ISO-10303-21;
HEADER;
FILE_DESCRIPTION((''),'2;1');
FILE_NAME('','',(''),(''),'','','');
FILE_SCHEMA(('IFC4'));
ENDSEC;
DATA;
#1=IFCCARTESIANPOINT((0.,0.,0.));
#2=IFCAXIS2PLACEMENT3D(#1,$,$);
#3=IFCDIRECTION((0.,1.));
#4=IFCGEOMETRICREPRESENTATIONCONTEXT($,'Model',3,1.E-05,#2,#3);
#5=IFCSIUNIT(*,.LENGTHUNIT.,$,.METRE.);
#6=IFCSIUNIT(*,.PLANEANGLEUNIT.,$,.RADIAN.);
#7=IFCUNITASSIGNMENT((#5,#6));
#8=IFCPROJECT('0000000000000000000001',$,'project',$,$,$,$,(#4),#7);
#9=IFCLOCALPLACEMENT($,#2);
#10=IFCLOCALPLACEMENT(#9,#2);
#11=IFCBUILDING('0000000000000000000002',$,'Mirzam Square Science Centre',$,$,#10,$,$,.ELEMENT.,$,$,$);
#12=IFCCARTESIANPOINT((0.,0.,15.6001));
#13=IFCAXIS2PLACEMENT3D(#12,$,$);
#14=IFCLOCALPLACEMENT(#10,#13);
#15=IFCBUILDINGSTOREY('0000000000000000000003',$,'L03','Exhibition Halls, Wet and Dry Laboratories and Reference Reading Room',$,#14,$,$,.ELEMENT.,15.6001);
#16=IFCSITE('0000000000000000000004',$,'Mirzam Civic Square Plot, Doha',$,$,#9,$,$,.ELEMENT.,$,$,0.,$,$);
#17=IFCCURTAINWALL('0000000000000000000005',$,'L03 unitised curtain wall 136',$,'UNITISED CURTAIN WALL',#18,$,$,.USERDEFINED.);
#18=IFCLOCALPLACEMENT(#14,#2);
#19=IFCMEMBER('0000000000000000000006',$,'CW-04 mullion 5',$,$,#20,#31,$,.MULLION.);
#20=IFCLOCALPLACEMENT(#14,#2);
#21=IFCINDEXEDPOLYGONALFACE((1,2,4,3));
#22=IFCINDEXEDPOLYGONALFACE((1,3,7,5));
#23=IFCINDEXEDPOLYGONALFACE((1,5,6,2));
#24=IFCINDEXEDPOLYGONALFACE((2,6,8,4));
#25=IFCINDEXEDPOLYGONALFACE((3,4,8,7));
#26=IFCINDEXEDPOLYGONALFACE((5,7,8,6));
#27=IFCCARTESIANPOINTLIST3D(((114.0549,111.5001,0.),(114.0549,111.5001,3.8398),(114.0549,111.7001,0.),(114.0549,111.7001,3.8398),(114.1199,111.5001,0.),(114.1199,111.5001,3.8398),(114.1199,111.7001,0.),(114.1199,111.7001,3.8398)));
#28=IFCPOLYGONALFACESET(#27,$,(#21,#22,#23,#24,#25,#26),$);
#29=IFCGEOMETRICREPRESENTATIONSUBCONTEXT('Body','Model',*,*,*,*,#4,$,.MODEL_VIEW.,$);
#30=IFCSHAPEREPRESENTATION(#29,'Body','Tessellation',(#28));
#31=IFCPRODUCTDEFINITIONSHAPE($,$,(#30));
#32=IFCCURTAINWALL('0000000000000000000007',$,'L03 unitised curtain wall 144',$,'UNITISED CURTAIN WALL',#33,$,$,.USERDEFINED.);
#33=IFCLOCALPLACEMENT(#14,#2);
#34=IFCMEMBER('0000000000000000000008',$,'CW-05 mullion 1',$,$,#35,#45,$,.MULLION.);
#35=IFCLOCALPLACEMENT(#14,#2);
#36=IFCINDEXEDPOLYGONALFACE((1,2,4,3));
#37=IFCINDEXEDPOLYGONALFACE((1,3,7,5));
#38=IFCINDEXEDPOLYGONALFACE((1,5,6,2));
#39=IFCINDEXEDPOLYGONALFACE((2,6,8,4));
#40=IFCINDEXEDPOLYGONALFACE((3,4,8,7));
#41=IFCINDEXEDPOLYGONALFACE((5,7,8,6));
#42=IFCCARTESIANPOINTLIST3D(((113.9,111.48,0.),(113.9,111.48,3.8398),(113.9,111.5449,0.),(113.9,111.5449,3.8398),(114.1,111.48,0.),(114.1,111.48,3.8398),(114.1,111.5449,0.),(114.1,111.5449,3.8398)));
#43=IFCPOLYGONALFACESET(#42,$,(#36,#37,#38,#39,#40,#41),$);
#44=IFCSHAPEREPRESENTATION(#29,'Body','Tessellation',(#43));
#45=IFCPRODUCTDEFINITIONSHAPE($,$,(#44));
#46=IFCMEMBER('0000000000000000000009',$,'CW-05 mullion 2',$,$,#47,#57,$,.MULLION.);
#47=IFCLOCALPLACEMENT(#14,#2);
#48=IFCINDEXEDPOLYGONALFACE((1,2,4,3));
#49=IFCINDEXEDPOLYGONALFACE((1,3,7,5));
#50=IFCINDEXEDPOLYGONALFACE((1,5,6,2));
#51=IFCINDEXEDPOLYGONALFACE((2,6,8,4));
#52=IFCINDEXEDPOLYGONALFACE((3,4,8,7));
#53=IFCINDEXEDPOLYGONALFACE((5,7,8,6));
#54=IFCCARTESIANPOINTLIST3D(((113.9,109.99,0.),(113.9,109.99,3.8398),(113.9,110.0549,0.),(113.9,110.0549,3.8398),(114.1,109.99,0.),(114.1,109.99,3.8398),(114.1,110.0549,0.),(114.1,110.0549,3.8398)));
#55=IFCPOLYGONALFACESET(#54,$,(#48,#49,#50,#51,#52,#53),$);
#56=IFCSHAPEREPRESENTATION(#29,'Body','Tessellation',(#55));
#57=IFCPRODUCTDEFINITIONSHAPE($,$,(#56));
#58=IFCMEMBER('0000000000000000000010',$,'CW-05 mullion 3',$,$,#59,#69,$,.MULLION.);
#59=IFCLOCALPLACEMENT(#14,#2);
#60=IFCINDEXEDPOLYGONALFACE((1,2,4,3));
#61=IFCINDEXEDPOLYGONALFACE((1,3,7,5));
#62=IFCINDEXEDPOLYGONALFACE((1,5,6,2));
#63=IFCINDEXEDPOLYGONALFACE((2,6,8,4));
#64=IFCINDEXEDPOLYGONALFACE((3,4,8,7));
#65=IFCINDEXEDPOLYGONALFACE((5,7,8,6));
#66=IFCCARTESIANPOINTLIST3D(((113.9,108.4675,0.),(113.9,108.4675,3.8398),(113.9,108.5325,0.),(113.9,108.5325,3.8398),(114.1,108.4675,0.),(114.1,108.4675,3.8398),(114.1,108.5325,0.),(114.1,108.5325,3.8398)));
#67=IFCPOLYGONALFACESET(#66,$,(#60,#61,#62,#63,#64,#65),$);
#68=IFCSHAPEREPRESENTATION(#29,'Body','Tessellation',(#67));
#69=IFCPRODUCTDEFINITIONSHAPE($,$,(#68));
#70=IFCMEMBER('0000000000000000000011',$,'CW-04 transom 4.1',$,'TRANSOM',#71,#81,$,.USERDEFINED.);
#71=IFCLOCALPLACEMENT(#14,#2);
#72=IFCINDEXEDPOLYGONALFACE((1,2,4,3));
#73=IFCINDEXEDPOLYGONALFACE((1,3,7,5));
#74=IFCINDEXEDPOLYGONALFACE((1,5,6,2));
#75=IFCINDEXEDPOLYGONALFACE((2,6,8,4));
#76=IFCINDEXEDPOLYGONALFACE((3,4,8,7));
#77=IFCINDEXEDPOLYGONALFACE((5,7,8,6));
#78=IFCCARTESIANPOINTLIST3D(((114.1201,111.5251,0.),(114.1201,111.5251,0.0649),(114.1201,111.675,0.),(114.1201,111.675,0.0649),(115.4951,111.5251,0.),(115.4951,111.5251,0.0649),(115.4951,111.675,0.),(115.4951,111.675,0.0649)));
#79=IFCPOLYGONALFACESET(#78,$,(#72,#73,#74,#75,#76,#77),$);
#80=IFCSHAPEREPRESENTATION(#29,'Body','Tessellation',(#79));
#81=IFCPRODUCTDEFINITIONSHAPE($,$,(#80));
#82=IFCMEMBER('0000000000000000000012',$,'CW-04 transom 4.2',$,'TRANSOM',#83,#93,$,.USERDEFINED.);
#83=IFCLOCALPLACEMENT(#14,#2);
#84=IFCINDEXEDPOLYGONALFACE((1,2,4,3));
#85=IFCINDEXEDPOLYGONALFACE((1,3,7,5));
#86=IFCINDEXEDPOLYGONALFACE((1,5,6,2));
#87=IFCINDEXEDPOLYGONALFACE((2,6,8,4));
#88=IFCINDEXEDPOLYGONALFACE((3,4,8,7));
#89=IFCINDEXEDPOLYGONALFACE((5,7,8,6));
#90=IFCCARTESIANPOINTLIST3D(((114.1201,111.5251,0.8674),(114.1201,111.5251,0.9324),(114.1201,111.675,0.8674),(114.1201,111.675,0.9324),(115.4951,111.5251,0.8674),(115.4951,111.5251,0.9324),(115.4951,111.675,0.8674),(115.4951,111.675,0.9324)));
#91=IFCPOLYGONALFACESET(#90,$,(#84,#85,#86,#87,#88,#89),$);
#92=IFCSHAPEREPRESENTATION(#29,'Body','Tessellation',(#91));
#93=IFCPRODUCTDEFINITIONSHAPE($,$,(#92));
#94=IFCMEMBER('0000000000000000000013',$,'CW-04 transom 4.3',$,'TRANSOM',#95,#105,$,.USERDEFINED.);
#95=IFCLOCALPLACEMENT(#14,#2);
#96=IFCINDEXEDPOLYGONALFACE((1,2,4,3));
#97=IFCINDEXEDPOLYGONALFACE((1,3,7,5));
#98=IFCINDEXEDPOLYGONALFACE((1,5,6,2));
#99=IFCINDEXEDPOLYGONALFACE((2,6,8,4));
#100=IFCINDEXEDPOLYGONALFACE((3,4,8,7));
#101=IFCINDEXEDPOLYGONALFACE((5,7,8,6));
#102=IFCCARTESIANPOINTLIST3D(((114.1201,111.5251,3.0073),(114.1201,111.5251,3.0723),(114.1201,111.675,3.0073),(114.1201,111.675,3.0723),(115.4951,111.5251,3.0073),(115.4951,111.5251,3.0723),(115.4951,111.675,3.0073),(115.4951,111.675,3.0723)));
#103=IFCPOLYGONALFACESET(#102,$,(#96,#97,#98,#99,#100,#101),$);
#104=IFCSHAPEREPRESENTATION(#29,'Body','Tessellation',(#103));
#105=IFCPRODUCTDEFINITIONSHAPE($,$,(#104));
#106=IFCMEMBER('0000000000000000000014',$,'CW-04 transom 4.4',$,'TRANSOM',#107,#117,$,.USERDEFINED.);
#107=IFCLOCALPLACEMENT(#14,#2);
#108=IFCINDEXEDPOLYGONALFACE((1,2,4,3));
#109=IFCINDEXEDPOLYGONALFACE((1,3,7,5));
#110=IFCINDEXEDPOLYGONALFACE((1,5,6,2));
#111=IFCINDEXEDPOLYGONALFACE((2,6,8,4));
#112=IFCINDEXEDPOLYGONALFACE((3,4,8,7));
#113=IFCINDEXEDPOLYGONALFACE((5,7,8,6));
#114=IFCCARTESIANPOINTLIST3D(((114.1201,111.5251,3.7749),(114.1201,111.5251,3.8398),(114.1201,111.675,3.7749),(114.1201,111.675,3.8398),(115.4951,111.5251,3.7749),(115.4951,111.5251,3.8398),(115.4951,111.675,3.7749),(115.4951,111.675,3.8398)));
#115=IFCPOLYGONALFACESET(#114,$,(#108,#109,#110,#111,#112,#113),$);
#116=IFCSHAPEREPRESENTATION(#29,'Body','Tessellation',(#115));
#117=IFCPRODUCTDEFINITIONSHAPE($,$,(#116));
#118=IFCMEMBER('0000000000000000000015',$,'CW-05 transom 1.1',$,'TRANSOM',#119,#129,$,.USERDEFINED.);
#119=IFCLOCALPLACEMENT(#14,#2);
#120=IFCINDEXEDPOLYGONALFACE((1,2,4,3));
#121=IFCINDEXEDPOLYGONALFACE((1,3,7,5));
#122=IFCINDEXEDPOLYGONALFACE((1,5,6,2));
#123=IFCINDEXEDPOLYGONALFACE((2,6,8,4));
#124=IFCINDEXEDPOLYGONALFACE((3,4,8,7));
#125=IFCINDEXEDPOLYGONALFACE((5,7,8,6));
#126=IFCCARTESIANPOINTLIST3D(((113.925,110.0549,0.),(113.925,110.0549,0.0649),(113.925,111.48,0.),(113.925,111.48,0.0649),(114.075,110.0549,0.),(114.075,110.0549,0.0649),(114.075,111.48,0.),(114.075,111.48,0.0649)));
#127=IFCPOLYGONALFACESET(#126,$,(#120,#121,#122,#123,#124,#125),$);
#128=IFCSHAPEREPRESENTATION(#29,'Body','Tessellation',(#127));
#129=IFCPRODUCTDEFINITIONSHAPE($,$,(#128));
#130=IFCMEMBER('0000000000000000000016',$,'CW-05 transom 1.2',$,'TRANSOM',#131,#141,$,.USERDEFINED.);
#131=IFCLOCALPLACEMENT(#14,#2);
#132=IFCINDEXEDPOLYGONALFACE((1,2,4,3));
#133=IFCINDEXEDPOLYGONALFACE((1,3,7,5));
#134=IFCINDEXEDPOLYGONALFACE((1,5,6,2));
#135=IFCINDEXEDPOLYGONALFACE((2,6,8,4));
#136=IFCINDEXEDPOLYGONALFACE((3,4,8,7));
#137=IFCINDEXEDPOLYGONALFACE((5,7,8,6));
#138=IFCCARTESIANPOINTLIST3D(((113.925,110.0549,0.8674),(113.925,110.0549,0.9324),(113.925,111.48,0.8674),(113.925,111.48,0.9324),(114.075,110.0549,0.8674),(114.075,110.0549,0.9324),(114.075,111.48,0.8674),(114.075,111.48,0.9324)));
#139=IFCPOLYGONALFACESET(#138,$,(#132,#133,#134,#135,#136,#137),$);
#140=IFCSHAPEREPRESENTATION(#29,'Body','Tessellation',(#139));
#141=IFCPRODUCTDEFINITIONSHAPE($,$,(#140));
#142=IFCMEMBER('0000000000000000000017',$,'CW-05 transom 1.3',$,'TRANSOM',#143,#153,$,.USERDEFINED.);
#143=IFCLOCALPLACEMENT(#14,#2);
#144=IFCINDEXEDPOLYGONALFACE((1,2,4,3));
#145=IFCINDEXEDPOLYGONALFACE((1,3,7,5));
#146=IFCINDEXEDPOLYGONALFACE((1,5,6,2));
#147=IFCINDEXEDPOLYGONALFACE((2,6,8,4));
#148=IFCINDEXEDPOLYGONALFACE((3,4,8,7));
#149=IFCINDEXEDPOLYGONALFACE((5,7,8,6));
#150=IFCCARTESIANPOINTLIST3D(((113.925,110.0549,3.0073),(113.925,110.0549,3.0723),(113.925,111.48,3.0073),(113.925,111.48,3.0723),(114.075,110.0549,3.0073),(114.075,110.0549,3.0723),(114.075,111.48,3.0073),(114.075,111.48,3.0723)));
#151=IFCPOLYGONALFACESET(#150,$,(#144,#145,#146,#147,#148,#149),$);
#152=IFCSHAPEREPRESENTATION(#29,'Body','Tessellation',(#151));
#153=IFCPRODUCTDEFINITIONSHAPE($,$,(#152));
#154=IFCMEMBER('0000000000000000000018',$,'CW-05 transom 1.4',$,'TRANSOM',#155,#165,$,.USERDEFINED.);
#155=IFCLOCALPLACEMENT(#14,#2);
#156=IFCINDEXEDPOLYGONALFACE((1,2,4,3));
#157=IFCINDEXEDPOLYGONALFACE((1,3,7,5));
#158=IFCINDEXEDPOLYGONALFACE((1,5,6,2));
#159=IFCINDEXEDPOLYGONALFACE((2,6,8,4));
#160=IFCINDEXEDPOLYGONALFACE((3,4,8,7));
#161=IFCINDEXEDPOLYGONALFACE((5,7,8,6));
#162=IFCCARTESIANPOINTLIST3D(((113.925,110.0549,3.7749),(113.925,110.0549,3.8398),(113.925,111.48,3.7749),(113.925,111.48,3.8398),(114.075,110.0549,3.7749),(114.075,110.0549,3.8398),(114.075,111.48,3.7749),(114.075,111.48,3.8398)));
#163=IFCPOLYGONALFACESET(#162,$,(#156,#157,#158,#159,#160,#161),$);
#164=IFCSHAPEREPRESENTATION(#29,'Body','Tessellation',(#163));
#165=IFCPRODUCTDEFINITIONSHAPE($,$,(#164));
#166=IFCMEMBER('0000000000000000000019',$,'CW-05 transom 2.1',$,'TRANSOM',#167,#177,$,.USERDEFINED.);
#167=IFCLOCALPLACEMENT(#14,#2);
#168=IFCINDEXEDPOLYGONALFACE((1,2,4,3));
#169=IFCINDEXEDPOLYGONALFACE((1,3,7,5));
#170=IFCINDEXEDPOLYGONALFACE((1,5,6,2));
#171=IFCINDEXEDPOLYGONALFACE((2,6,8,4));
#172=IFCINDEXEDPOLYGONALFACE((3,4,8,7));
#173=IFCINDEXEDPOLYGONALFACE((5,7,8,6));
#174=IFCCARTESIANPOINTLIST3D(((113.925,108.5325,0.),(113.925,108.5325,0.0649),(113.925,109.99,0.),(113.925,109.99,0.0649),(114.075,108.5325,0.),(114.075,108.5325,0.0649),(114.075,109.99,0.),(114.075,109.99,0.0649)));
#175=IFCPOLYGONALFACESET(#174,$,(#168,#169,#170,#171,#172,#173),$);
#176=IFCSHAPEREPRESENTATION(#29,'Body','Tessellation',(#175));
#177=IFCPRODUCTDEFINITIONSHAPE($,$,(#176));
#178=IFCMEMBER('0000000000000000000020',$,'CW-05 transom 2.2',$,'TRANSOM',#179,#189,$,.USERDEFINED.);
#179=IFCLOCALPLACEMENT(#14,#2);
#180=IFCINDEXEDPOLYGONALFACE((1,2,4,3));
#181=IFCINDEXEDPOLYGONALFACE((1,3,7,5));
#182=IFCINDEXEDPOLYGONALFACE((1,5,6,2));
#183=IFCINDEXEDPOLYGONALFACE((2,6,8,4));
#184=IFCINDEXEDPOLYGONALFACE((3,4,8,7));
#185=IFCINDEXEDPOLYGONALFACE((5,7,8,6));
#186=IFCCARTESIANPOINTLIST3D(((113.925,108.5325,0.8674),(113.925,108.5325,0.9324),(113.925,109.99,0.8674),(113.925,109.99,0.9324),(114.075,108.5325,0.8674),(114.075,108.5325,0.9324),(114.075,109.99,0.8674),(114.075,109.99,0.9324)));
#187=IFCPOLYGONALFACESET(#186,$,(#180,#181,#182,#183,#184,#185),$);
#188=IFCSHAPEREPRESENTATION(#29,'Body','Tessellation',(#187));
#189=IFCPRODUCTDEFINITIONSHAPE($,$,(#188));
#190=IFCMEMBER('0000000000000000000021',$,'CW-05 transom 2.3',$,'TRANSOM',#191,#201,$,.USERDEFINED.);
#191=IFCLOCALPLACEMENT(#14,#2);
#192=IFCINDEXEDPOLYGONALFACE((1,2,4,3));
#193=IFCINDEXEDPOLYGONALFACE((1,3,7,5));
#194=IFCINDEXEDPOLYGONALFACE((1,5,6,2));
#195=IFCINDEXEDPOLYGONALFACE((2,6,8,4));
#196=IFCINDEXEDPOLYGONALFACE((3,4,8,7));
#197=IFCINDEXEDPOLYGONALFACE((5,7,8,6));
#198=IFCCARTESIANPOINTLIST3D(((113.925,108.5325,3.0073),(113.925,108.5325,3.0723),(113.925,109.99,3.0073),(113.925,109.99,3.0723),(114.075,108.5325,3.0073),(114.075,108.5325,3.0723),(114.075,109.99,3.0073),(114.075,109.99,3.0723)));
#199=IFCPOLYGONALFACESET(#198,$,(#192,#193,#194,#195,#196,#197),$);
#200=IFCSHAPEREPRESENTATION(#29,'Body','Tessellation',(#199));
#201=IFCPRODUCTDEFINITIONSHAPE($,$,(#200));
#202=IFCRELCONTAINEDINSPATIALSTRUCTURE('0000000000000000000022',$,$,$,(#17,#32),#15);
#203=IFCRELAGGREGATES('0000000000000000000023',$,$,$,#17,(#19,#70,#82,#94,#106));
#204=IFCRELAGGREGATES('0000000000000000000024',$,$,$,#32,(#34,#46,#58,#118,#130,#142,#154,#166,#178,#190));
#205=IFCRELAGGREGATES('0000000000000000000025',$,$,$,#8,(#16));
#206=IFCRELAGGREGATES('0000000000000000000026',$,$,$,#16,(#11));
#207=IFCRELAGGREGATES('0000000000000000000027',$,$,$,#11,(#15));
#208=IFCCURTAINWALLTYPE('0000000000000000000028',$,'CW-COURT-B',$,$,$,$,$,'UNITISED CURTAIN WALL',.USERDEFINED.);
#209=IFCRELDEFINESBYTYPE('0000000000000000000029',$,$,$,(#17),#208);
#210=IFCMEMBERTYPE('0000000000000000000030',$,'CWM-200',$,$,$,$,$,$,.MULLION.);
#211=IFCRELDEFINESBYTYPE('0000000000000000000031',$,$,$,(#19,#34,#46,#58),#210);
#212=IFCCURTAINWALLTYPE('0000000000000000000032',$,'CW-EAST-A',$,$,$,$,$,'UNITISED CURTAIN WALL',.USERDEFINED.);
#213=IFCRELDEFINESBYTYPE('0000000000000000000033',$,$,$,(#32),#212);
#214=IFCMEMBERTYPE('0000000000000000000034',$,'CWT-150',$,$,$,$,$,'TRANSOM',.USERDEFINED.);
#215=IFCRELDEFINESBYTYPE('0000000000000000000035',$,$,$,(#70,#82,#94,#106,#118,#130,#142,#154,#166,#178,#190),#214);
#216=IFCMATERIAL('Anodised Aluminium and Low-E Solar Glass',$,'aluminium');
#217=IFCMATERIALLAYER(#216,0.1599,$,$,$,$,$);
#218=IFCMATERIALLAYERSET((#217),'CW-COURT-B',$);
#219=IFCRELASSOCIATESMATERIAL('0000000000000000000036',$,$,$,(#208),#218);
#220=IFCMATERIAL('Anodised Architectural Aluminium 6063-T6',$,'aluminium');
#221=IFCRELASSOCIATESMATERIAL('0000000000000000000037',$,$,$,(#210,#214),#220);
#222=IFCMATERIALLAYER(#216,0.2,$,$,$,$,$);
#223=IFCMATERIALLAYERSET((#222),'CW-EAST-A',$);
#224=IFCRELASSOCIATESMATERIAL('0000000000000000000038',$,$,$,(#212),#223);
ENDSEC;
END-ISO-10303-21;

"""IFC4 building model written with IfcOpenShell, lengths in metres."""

from ifc_helpers import new_model, si_unit, direction, frame, origin, origin_2d, place, context, subcontext, project, spatial, rectangle, extrude, material, layer, layer_set, material_profile, profile_set, type_object, element, aggregate, save


model = new_model("IFC4")

# Units and contexts
model_context = context("Model", 3, precision=1e-05, world=origin(), true_north=direction((0.0, 1.0)))
body_context = subcontext(model_context, "Body", "Model", "MODEL_VIEW")
ifc_project = project(units=[si_unit("LENGTHUNIT", "METRE"), si_unit("PLANEANGLEUNIT", "RADIAN")], contexts=[model_context])

# Site, building, storey
site_placement = place(None, origin())
site = spatial("IfcSite", under=ifc_project, at=site_placement, Name="Mirzam Civic Square Plot, Doha", CompositionType="ELEMENT", RefElevation=0.0)
building_placement = place(site_placement, origin())
building = spatial("IfcBuilding", under=site, at=building_placement, Name="Mirzam Square Science Centre", CompositionType="ELEMENT")
storey_placement = place(building_placement, frame((0.0, 0.0, 15.6001)))
storey = spatial("IfcBuildingStorey", under=building, at=storey_placement, Name="L03", Description="Exhibition Halls, Wet and Dry Laboratories and Reference Reading Room", CompositionType="ELEMENT", Elevation=15.6001)

# Curtain wall, member
ifc_material_1 = material(Name="Anodised Aluminium and Low-E Solar Glass", Category="aluminium")
ifc_layer_1 = layer(ifc_material_1, 0.1599)
ifc_layer_set_1 = layer_set([ifc_layer_1], Name="CW-COURT-B")
curtain_wall_type_1 = type_object("IfcCurtainWallType", Name="CW-COURT-B", ElementType="UNITISED CURTAIN WALL", PredefinedType="USERDEFINED", material=ifc_layer_set_1)
curtain_wall_1_placement = place(storey_placement, origin())
curtain_wall_1 = element("IfcCurtainWall", 1, at=curtain_wall_1_placement, inside=storey, type_object=curtain_wall_type_1, Name="L03 unitised curtain wall 136", ObjectType="UNITISED CURTAIN WALL", PredefinedType="USERDEFINED")
ifc_material_2 = material(Name="Anodised Architectural Aluminium 6063-T6", Category="aluminium")
ifc_material_profile_1 = material_profile(ifc_material_2, rectangle(XDim=0.0649, YDim=0.2, at=origin_2d()), Name="ALU-MULL-200x65x5")
ifc_profile_set_1 = profile_set([ifc_material_profile_1], Name="Anodised Architectural Aluminium 6063-T6")
member_type_1 = type_object("IfcMemberType", Name="CWM-200", PredefinedType="MULLION", material=ifc_profile_set_1)
member_1_placement = place(storey_placement, frame((114.0874, 111.6001, 0.0), z_axis=(0.0, 0.0, 1.0), x_axis=(-1.0, 0.0, 0.0)))
member_1 = element("IfcMember", 2, at=member_1_placement, type_object=member_type_1, Name="CW-04 mullion 5", PredefinedType="MULLION", context=body_context, shape_type="SweptSolid", body=[
    extrude(rectangle(XDim=0.0649, YDim=0.2, at=origin_2d()), origin(), (0.0, 0.0, 1.0), 3.8398),
])

# Curtain wall, members
ifc_layer_2 = layer(ifc_material_1, 0.2)
ifc_layer_set_2 = layer_set([ifc_layer_2], Name="CW-EAST-A")
curtain_wall_type_2 = type_object("IfcCurtainWallType", Name="CW-EAST-A", ElementType="UNITISED CURTAIN WALL", PredefinedType="USERDEFINED", material=ifc_layer_set_2)
curtain_wall_2_placement = place(storey_placement, origin())
curtain_wall_2 = element("IfcCurtainWall", 3, at=curtain_wall_2_placement, inside=storey, type_object=curtain_wall_type_2, Name="L03 unitised curtain wall 144", ObjectType="UNITISED CURTAIN WALL", PredefinedType="USERDEFINED")
member_2_placement = place(storey_placement, frame((114.0, 111.5125, 0.0), z_axis=(0.0, 0.0, 1.0), x_axis=(0.0, -1.0, 0.0)))
member_2 = element("IfcMember", 4, at=member_2_placement, type_object=member_type_1, Name="CW-05 mullion 1", PredefinedType="MULLION", context=body_context, shape_type="SweptSolid", body=[
    extrude(rectangle(XDim=0.0649, YDim=0.2, at=origin_2d()), origin(), (0.0, 0.0, 1.0), 3.8398),
])
member_3_placement = place(storey_placement, frame((114.0, 110.0225, 0.0), z_axis=(0.0, 0.0, 1.0), x_axis=(0.0, -1.0, 0.0)))
member_3 = element("IfcMember", 5, at=member_3_placement, type_object=member_type_1, Name="CW-05 mullion 2", PredefinedType="MULLION", context=body_context, shape_type="SweptSolid", body=[
    extrude(rectangle(XDim=0.0649, YDim=0.2, at=origin_2d()), origin(), (0.0, 0.0, 1.0), 3.8398),
])
member_4_placement = place(storey_placement, frame((114.0, 108.5, 0.0), z_axis=(0.0, 0.0, 1.0), x_axis=(0.0, -1.0, 0.0)))
member_4 = element("IfcMember", 6, at=member_4_placement, type_object=member_type_1, Name="CW-05 mullion 3", PredefinedType="MULLION", context=body_context, shape_type="SweptSolid", body=[
    extrude(rectangle(XDim=0.0649, YDim=0.2, at=origin_2d()), origin(), (0.0, 0.0, 1.0), 3.8398),
])

# Members
ifc_material_profile_2 = material_profile(ifc_material_2, rectangle(XDim=0.1499, YDim=0.0649, at=origin_2d()), Name="ALU-TRAN-150x65x4")
ifc_profile_set_2 = profile_set([ifc_material_profile_2], Name="Anodised Architectural Aluminium 6063-T6")
member_type_2 = type_object("IfcMemberType", Name="CWT-150", ElementType="TRANSOM", PredefinedType="USERDEFINED", material=ifc_profile_set_2)
member_5_placement = place(storey_placement, frame((115.4951, 111.6001, 0.0325), z_axis=(-1.0, 0.0, 0.0), x_axis=(0.0, -1.0, 0.0)))
member_5 = element("IfcMember", 7, at=member_5_placement, type_object=member_type_2, Name="CW-04 transom 4.1", ObjectType="TRANSOM", PredefinedType="USERDEFINED", context=body_context, shape_type="SweptSolid", body=[
    extrude(rectangle(XDim=0.1499, YDim=0.0649, at=origin_2d()), origin(), (0.0, 0.0, 1.0), 1.375),
])
member_6_placement = place(storey_placement, frame((115.4951, 111.6001, 0.8999), z_axis=(-1.0, 0.0, 0.0), x_axis=(0.0, -1.0, 0.0)))
member_6 = element("IfcMember", 8, at=member_6_placement, type_object=member_type_2, Name="CW-04 transom 4.2", ObjectType="TRANSOM", PredefinedType="USERDEFINED", context=body_context, shape_type="SweptSolid", body=[
    extrude(rectangle(XDim=0.1499, YDim=0.0649, at=origin_2d()), origin(), (0.0, 0.0, 1.0), 1.375),
])
member_7_placement = place(storey_placement, frame((115.4951, 111.6001, 3.0398), z_axis=(-1.0, 0.0, 0.0), x_axis=(0.0, -1.0, 0.0)))
member_7 = element("IfcMember", 9, at=member_7_placement, type_object=member_type_2, Name="CW-04 transom 4.3", ObjectType="TRANSOM", PredefinedType="USERDEFINED", context=body_context, shape_type="SweptSolid", body=[
    extrude(rectangle(XDim=0.1499, YDim=0.0649, at=origin_2d()), origin(), (0.0, 0.0, 1.0), 1.375),
])
member_8_placement = place(storey_placement, frame((115.4951, 111.6001, 3.8074), z_axis=(-1.0, 0.0, 0.0), x_axis=(0.0, -1.0, 0.0)))
member_8 = element("IfcMember", 10, at=member_8_placement, type_object=member_type_2, Name="CW-04 transom 4.4", ObjectType="TRANSOM", PredefinedType="USERDEFINED", context=body_context, shape_type="SweptSolid", body=[
    extrude(rectangle(XDim=0.1499, YDim=0.0649, at=origin_2d()), origin(), (0.0, 0.0, 1.0), 1.375),
])
member_9_placement = place(storey_placement, frame((114.0, 111.48, 0.0325), z_axis=(0.0, -1.0, 0.0), x_axis=(1.0, 0.0, 0.0)))
member_9 = element("IfcMember", 11, at=member_9_placement, type_object=member_type_2, Name="CW-05 transom 1.1", ObjectType="TRANSOM", PredefinedType="USERDEFINED", context=body_context, shape_type="SweptSolid", body=[
    extrude(rectangle(XDim=0.1499, YDim=0.0649, at=origin_2d()), origin(), (0.0, 0.0, 1.0), 1.425),
])
member_10_placement = place(storey_placement, frame((114.0, 111.48, 0.8999), z_axis=(0.0, -1.0, 0.0), x_axis=(1.0, 0.0, 0.0)))
member_10 = element("IfcMember", 12, at=member_10_placement, type_object=member_type_2, Name="CW-05 transom 1.2", ObjectType="TRANSOM", PredefinedType="USERDEFINED", context=body_context, shape_type="SweptSolid", body=[
    extrude(rectangle(XDim=0.1499, YDim=0.0649, at=origin_2d()), origin(), (0.0, 0.0, 1.0), 1.425),
])
member_11_placement = place(storey_placement, frame((114.0, 111.48, 3.0398), z_axis=(0.0, -1.0, 0.0), x_axis=(1.0, 0.0, 0.0)))
member_11 = element("IfcMember", 13, at=member_11_placement, type_object=member_type_2, Name="CW-05 transom 1.3", ObjectType="TRANSOM", PredefinedType="USERDEFINED", context=body_context, shape_type="SweptSolid", body=[
    extrude(rectangle(XDim=0.1499, YDim=0.0649, at=origin_2d()), origin(), (0.0, 0.0, 1.0), 1.425),
])
member_12_placement = place(storey_placement, frame((114.0, 111.48, 3.8074), z_axis=(0.0, -1.0, 0.0), x_axis=(1.0, 0.0, 0.0)))
member_12 = element("IfcMember", 14, at=member_12_placement, type_object=member_type_2, Name="CW-05 transom 1.4", ObjectType="TRANSOM", PredefinedType="USERDEFINED", context=body_context, shape_type="SweptSolid", body=[
    extrude(rectangle(XDim=0.1499, YDim=0.0649, at=origin_2d()), origin(), (0.0, 0.0, 1.0), 1.425),
])
member_13_placement = place(storey_placement, frame((114.0, 109.99, 0.0325), z_axis=(0.0, -1.0, 0.0), x_axis=(1.0, 0.0, 0.0)))
member_13 = element("IfcMember", 15, at=member_13_placement, type_object=member_type_2, Name="CW-05 transom 2.1", ObjectType="TRANSOM", PredefinedType="USERDEFINED", context=body_context, shape_type="SweptSolid", body=[
    extrude(rectangle(XDim=0.1499, YDim=0.0649, at=origin_2d()), origin(), (0.0, 0.0, 1.0), 1.4575),
])
member_14_placement = place(storey_placement, frame((114.0, 109.99, 0.8999), z_axis=(0.0, -1.0, 0.0), x_axis=(1.0, 0.0, 0.0)))
member_14 = element("IfcMember", 16, at=member_14_placement, type_object=member_type_2, Name="CW-05 transom 2.2", ObjectType="TRANSOM", PredefinedType="USERDEFINED", context=body_context, shape_type="SweptSolid", body=[
    extrude(rectangle(XDim=0.1499, YDim=0.0649, at=origin_2d()), origin(), (0.0, 0.0, 1.0), 1.4575),
])
member_15_placement = place(storey_placement, frame((114.0, 109.99, 3.0398), z_axis=(0.0, -1.0, 0.0), x_axis=(1.0, 0.0, 0.0)))
member_15 = element("IfcMember", 17, at=member_15_placement, type_object=member_type_2, Name="CW-05 transom 2.3", ObjectType="TRANSOM", PredefinedType="USERDEFINED", context=body_context, shape_type="SweptSolid", body=[
    extrude(rectangle(XDim=0.1499, YDim=0.0649, at=origin_2d()), origin(), (0.0, 0.0, 1.0), 1.4575),
])

aggregate(curtain_wall_1, [member_1, member_5, member_6, member_7, member_8])
aggregate(curtain_wall_2, [member_2, member_3, member_4, member_9, member_10, member_11, member_12, member_13, member_14, member_15])

save(model, "model.ifc")
